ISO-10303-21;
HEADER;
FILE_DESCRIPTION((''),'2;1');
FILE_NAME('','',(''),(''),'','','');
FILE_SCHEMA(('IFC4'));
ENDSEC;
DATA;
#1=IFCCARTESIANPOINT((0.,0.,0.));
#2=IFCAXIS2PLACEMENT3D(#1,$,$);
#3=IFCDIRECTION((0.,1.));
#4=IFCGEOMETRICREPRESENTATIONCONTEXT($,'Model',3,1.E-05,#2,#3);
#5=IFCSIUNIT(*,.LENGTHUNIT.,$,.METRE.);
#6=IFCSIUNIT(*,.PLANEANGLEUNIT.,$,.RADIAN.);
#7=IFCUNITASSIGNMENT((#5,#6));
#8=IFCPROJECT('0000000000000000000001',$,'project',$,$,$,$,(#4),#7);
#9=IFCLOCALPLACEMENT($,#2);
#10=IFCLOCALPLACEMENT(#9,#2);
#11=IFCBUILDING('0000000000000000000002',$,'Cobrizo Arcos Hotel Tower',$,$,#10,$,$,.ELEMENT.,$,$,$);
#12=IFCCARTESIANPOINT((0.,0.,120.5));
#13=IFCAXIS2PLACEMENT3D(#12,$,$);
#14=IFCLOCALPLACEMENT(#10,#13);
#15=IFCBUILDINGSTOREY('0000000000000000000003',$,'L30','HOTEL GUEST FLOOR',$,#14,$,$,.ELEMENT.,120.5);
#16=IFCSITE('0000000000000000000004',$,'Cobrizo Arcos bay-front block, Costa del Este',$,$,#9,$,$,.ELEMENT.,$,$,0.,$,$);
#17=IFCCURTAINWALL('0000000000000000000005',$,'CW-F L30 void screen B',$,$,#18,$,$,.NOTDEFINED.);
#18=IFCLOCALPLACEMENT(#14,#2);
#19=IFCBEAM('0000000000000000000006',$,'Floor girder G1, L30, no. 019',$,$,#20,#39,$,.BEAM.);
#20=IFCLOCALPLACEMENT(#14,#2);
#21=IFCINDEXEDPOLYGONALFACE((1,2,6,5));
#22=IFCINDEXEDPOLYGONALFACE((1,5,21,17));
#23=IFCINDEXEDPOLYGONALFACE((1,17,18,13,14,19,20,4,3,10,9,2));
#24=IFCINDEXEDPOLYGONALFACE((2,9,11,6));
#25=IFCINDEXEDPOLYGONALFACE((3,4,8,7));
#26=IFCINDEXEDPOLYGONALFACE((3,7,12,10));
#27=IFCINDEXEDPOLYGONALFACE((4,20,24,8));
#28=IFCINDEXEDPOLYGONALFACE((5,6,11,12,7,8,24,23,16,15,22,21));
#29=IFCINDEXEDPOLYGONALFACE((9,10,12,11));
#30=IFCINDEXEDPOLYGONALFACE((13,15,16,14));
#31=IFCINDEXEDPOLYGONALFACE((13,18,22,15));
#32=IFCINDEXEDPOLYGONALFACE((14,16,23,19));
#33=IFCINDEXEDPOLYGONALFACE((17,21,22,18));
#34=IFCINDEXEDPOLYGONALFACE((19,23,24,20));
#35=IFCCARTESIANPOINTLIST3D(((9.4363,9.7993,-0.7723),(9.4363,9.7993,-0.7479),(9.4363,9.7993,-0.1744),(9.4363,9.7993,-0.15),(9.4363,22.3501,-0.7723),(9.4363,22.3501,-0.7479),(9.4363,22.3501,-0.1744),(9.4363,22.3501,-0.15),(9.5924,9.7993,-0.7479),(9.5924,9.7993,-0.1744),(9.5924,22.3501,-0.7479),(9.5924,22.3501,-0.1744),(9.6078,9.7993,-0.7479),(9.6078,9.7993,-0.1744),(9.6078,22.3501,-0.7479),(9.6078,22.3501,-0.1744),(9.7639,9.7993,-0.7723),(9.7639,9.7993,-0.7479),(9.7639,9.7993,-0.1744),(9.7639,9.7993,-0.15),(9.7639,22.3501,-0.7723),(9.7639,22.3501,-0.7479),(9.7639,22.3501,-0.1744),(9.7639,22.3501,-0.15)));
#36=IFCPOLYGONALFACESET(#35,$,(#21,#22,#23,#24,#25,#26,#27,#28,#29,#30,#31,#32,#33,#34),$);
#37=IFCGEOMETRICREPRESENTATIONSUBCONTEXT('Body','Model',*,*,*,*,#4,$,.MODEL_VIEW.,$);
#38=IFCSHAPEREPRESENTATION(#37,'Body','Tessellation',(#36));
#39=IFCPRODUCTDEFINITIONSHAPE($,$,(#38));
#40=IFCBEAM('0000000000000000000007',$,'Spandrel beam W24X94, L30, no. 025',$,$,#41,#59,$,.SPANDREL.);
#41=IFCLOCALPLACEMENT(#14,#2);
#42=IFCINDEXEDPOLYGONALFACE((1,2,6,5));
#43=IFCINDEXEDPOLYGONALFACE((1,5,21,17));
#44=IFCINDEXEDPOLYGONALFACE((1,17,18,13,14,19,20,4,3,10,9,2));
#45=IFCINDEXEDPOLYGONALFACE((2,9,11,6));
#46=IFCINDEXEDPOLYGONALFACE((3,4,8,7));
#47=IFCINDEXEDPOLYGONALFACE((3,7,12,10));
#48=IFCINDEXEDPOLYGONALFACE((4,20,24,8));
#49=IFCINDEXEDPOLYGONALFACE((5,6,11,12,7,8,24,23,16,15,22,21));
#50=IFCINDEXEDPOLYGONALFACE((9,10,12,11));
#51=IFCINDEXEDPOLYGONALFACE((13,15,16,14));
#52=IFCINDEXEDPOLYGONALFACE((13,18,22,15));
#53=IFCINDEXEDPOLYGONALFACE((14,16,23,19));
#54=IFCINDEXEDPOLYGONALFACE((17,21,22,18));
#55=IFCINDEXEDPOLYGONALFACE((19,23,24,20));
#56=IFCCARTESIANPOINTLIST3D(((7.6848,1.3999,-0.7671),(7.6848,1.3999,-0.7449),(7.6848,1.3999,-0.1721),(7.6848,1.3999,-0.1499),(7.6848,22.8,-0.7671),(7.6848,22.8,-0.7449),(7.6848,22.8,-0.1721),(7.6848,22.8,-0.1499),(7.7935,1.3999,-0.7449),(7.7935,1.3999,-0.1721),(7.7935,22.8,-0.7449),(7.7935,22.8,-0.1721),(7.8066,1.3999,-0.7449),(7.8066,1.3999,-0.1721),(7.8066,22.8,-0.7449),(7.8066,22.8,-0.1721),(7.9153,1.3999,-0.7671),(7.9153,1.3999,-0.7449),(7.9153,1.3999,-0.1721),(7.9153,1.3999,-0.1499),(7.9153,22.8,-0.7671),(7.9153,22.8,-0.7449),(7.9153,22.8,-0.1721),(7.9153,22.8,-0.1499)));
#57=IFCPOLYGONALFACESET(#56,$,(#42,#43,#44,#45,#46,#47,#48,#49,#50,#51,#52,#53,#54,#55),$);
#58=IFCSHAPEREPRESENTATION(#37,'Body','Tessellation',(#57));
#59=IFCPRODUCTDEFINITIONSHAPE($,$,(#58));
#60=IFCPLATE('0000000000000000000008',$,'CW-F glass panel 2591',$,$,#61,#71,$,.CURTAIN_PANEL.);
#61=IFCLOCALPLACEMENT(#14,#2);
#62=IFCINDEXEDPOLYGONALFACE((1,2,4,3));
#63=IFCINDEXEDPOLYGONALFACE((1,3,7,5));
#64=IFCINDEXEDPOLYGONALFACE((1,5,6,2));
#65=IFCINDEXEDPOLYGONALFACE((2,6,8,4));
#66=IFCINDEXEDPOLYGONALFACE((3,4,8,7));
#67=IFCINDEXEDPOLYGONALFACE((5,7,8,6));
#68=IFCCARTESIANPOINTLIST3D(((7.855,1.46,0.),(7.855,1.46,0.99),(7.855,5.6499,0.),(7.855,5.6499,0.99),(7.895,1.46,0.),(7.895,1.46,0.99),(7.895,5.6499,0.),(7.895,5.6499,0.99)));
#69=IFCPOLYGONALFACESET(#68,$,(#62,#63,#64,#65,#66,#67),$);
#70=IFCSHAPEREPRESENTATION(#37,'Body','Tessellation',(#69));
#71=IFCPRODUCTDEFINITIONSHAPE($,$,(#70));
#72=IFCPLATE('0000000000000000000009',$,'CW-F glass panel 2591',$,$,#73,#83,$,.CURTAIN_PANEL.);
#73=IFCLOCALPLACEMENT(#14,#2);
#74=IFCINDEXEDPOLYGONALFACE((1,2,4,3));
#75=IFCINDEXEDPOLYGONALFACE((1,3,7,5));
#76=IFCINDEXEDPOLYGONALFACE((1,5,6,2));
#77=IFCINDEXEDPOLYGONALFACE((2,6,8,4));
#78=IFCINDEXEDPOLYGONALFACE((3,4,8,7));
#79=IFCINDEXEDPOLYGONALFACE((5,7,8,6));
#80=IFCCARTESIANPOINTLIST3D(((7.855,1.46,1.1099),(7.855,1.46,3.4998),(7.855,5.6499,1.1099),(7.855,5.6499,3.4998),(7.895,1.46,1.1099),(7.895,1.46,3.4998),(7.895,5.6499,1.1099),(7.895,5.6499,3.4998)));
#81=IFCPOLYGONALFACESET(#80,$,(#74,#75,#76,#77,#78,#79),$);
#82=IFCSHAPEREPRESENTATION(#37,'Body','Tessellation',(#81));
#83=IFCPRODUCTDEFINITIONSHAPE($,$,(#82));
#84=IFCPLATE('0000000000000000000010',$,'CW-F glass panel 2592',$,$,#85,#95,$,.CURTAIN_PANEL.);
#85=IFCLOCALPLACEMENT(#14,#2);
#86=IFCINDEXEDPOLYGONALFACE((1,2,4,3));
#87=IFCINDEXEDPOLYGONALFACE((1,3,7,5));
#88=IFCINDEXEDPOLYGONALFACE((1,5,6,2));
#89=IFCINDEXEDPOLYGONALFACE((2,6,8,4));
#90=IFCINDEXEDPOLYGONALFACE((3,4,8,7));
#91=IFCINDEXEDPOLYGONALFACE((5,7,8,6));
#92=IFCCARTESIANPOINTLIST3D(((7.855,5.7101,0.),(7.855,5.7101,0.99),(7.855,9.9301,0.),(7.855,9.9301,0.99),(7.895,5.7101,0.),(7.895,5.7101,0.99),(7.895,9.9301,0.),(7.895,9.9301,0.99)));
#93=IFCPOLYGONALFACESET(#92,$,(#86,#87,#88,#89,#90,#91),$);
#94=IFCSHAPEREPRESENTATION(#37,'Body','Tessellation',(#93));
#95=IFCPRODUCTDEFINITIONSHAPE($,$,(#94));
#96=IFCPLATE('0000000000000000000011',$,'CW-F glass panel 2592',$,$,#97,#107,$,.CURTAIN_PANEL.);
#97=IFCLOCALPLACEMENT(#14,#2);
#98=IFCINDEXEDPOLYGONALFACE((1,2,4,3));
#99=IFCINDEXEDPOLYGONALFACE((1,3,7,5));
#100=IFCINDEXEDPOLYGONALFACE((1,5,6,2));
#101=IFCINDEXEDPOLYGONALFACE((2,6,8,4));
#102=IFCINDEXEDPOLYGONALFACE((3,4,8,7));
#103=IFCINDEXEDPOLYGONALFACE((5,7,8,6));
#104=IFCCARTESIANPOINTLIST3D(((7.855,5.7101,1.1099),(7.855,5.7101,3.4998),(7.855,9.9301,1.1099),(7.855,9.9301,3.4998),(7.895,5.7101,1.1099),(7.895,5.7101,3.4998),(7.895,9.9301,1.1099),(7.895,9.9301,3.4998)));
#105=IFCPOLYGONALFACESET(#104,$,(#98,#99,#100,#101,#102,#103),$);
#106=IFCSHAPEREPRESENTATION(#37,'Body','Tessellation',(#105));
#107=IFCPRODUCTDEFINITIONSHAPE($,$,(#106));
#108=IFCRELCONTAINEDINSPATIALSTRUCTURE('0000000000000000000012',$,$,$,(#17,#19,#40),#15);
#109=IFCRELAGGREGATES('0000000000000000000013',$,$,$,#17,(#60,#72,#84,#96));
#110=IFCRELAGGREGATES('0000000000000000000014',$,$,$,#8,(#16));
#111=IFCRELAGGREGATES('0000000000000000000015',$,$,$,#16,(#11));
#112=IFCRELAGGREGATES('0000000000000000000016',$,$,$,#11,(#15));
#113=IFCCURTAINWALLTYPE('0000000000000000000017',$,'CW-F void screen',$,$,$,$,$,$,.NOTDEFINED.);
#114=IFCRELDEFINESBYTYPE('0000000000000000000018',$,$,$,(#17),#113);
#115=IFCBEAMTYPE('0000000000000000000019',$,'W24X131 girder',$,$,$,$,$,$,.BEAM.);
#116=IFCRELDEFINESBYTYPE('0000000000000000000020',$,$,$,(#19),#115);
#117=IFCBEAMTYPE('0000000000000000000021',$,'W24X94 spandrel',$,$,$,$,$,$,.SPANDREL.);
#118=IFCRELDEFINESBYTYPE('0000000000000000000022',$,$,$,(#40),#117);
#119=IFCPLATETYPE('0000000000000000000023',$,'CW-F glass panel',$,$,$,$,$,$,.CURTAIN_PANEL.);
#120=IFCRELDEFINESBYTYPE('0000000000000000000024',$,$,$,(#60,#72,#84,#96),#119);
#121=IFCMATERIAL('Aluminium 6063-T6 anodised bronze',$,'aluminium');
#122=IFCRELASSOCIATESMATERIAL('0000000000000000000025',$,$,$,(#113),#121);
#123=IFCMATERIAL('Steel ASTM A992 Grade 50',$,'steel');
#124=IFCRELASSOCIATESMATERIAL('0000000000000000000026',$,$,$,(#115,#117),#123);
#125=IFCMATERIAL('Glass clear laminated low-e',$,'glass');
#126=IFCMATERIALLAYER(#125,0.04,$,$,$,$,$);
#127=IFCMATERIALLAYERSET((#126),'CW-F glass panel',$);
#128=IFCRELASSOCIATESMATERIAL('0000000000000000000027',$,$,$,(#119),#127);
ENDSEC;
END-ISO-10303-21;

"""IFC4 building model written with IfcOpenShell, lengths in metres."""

from ifc_helpers import new_model, si_unit, direction, frame, origin, origin_2d, place, context, subcontext, project, spatial, rectangle, i_section, extrude, material, layer, layer_set, material_profile, profile_set, type_object, element, aggregate, save


model = new_model("IFC4")

# Units and contexts
model_context = context("Model", 3, precision=1e-05, world=origin(), true_north=direction((0.0, 1.0)))
body_context = subcontext(model_context, "Body", "Model", "MODEL_VIEW")
ifc_project = project(units=[si_unit("LENGTHUNIT", "METRE"), si_unit("PLANEANGLEUNIT", "RADIAN")], contexts=[model_context])

# Site, building, storey
site_placement = place(None, origin())
site = spatial("IfcSite", under=ifc_project, at=site_placement, Name="Cobrizo Arcos bay-front block, Costa del Este", CompositionType="ELEMENT", RefElevation=0.0)
building_placement = place(site_placement, origin())
building = spatial("IfcBuilding", under=site, at=building_placement, Name="Cobrizo Arcos Hotel Tower", CompositionType="ELEMENT")
storey_placement = place(building_placement, frame((0.0, 0.0, 120.5)))
storey = spatial("IfcBuildingStorey", under=building, at=storey_placement, Name="L30", Description="HOTEL GUEST FLOOR", CompositionType="ELEMENT", Elevation=120.5)

# Shared definitions
ifc_material_1 = material(Name="Steel ASTM A992 Grade 50", Category="steel")

# Curtain wall
ifc_material_2 = material(Name="Aluminium 6063-T6 anodised bronze", Category="aluminium")
curtain_wall_type = type_object("IfcCurtainWallType", Name="CW-F void screen", PredefinedType="NOTDEFINED", material=ifc_material_2)
curtain_wall_placement = place(storey_placement, origin())
curtain_wall = element("IfcCurtainWall", 1, at=curtain_wall_placement, inside=storey, type_object=curtain_wall_type, Name="CW-F L30 void screen B", PredefinedType="NOTDEFINED")

# Beams
ifc_material_profile_1 = material_profile(ifc_material_1, i_section(OverallWidth=0.3276, OverallDepth=0.6223, WebThickness=0.0154, FlangeThickness=0.0244, at=origin_2d()), Name="W24X131")
ifc_profile_set_1 = profile_set([ifc_material_profile_1], Name="Steel ASTM A992 Grade 50")
beam_type_1 = type_object("IfcBeamType", Name="W24X131 girder", PredefinedType="BEAM", material=ifc_profile_set_1)
beam_1_placement = place(storey_placement, frame((9.6001, 9.7993, -0.4612), z_axis=(0.0, 1.0, 0.0), x_axis=(-1.0, 0.0, 0.0)))
element("IfcBeam", 2, at=beam_1_placement, inside=storey, type_object=beam_type_1, Name="Floor girder G1, L30, no. 019", PredefinedType="BEAM", context=body_context, shape_type="SweptSolid", body=[
    extrude(i_section(OverallWidth=0.3276, OverallDepth=0.6223, WebThickness=0.0154, FlangeThickness=0.0244, at=origin_2d()), origin(), (0.0, 0.0, 1.0), 12.5508),
])
ifc_material_profile_2 = material_profile(ifc_material_1, i_section(OverallWidth=0.2305, OverallDepth=0.6172, WebThickness=0.0132, FlangeThickness=0.0222, at=origin_2d()), Name="W24X94")
ifc_profile_set_2 = profile_set([ifc_material_profile_2], Name="Steel ASTM A992 Grade 50")
beam_type_2 = type_object("IfcBeamType", Name="W24X94 spandrel", PredefinedType="SPANDREL", material=ifc_profile_set_2)
beam_2_placement = place(storey_placement, frame((7.8, 1.3999, -0.4585), z_axis=(0.0, 1.0, 0.0), x_axis=(-1.0, 0.0, 0.0)))
element("IfcBeam", 3, at=beam_2_placement, inside=storey, type_object=beam_type_2, Name="Spandrel beam W24X94, L30, no. 025", PredefinedType="SPANDREL", context=body_context, shape_type="SweptSolid", body=[
    extrude(i_section(OverallWidth=0.2305, OverallDepth=0.6172, WebThickness=0.0132, FlangeThickness=0.0222, at=origin_2d()), origin(), (0.0, 0.0, 1.0), 21.4001),
])

# Plates
ifc_material_3 = material(Name="Glass clear laminated low-e", Category="glass")
ifc_layer_1 = layer(ifc_material_3, 0.04)
ifc_layer_set_1 = layer_set([ifc_layer_1], Name="CW-F glass panel")
plate_type = type_object("IfcPlateType", Name="CW-F glass panel", PredefinedType="CURTAIN_PANEL", material=ifc_layer_set_1)
plate_1_placement = place(storey_placement, frame((7.875, 3.5549, 0.0), z_axis=(0.0, 0.0, 1.0), x_axis=(0.0, 1.0, 0.0)))
plate_1 = element("IfcPlate", 4, at=plate_1_placement, type_object=plate_type, Name="CW-F glass panel 2591", PredefinedType="CURTAIN_PANEL", context=body_context, shape_type="SweptSolid", body=[
    extrude(rectangle(XDim=4.1899, YDim=0.04, at=origin_2d()), origin(), (0.0, 0.0, 1.0), 0.99),
])
plate_2_placement = place(storey_placement, frame((7.875, 3.5549, 1.1099), z_axis=(0.0, 0.0, 1.0), x_axis=(0.0, 1.0, 0.0)))
plate_2 = element("IfcPlate", 5, at=plate_2_placement, type_object=plate_type, Name="CW-F glass panel 2591", PredefinedType="CURTAIN_PANEL", context=body_context, shape_type="SweptSolid", body=[
    extrude(rectangle(XDim=4.1899, YDim=0.04, at=origin_2d()), origin(), (0.0, 0.0, 1.0), 2.3899),
])
plate_3_placement = place(storey_placement, frame((7.875, 7.8201, 0.0), z_axis=(0.0, 0.0, 1.0), x_axis=(0.0, 1.0, 0.0)))
plate_3 = element("IfcPlate", 6, at=plate_3_placement, type_object=plate_type, Name="CW-F glass panel 2592", PredefinedType="CURTAIN_PANEL", context=body_context, shape_type="SweptSolid", body=[
    extrude(rectangle(XDim=4.22, YDim=0.04, at=origin_2d()), origin(), (0.0, 0.0, 1.0), 0.99),
])
plate_4_placement = place(storey_placement, frame((7.875, 7.8201, 1.1099), z_axis=(0.0, 0.0, 1.0), x_axis=(0.0, 1.0, 0.0)))
plate_4 = element("IfcPlate", 7, at=plate_4_placement, type_object=plate_type, Name="CW-F glass panel 2592", PredefinedType="CURTAIN_PANEL", context=body_context, shape_type="SweptSolid", body=[
    extrude(rectangle(XDim=4.22, YDim=0.04, at=origin_2d()), origin(), (0.0, 0.0, 1.0), 2.3899),
])
aggregate(curtain_wall, [plate_1, plate_2, plate_3, plate_4])

save(model, "model.ifc")
